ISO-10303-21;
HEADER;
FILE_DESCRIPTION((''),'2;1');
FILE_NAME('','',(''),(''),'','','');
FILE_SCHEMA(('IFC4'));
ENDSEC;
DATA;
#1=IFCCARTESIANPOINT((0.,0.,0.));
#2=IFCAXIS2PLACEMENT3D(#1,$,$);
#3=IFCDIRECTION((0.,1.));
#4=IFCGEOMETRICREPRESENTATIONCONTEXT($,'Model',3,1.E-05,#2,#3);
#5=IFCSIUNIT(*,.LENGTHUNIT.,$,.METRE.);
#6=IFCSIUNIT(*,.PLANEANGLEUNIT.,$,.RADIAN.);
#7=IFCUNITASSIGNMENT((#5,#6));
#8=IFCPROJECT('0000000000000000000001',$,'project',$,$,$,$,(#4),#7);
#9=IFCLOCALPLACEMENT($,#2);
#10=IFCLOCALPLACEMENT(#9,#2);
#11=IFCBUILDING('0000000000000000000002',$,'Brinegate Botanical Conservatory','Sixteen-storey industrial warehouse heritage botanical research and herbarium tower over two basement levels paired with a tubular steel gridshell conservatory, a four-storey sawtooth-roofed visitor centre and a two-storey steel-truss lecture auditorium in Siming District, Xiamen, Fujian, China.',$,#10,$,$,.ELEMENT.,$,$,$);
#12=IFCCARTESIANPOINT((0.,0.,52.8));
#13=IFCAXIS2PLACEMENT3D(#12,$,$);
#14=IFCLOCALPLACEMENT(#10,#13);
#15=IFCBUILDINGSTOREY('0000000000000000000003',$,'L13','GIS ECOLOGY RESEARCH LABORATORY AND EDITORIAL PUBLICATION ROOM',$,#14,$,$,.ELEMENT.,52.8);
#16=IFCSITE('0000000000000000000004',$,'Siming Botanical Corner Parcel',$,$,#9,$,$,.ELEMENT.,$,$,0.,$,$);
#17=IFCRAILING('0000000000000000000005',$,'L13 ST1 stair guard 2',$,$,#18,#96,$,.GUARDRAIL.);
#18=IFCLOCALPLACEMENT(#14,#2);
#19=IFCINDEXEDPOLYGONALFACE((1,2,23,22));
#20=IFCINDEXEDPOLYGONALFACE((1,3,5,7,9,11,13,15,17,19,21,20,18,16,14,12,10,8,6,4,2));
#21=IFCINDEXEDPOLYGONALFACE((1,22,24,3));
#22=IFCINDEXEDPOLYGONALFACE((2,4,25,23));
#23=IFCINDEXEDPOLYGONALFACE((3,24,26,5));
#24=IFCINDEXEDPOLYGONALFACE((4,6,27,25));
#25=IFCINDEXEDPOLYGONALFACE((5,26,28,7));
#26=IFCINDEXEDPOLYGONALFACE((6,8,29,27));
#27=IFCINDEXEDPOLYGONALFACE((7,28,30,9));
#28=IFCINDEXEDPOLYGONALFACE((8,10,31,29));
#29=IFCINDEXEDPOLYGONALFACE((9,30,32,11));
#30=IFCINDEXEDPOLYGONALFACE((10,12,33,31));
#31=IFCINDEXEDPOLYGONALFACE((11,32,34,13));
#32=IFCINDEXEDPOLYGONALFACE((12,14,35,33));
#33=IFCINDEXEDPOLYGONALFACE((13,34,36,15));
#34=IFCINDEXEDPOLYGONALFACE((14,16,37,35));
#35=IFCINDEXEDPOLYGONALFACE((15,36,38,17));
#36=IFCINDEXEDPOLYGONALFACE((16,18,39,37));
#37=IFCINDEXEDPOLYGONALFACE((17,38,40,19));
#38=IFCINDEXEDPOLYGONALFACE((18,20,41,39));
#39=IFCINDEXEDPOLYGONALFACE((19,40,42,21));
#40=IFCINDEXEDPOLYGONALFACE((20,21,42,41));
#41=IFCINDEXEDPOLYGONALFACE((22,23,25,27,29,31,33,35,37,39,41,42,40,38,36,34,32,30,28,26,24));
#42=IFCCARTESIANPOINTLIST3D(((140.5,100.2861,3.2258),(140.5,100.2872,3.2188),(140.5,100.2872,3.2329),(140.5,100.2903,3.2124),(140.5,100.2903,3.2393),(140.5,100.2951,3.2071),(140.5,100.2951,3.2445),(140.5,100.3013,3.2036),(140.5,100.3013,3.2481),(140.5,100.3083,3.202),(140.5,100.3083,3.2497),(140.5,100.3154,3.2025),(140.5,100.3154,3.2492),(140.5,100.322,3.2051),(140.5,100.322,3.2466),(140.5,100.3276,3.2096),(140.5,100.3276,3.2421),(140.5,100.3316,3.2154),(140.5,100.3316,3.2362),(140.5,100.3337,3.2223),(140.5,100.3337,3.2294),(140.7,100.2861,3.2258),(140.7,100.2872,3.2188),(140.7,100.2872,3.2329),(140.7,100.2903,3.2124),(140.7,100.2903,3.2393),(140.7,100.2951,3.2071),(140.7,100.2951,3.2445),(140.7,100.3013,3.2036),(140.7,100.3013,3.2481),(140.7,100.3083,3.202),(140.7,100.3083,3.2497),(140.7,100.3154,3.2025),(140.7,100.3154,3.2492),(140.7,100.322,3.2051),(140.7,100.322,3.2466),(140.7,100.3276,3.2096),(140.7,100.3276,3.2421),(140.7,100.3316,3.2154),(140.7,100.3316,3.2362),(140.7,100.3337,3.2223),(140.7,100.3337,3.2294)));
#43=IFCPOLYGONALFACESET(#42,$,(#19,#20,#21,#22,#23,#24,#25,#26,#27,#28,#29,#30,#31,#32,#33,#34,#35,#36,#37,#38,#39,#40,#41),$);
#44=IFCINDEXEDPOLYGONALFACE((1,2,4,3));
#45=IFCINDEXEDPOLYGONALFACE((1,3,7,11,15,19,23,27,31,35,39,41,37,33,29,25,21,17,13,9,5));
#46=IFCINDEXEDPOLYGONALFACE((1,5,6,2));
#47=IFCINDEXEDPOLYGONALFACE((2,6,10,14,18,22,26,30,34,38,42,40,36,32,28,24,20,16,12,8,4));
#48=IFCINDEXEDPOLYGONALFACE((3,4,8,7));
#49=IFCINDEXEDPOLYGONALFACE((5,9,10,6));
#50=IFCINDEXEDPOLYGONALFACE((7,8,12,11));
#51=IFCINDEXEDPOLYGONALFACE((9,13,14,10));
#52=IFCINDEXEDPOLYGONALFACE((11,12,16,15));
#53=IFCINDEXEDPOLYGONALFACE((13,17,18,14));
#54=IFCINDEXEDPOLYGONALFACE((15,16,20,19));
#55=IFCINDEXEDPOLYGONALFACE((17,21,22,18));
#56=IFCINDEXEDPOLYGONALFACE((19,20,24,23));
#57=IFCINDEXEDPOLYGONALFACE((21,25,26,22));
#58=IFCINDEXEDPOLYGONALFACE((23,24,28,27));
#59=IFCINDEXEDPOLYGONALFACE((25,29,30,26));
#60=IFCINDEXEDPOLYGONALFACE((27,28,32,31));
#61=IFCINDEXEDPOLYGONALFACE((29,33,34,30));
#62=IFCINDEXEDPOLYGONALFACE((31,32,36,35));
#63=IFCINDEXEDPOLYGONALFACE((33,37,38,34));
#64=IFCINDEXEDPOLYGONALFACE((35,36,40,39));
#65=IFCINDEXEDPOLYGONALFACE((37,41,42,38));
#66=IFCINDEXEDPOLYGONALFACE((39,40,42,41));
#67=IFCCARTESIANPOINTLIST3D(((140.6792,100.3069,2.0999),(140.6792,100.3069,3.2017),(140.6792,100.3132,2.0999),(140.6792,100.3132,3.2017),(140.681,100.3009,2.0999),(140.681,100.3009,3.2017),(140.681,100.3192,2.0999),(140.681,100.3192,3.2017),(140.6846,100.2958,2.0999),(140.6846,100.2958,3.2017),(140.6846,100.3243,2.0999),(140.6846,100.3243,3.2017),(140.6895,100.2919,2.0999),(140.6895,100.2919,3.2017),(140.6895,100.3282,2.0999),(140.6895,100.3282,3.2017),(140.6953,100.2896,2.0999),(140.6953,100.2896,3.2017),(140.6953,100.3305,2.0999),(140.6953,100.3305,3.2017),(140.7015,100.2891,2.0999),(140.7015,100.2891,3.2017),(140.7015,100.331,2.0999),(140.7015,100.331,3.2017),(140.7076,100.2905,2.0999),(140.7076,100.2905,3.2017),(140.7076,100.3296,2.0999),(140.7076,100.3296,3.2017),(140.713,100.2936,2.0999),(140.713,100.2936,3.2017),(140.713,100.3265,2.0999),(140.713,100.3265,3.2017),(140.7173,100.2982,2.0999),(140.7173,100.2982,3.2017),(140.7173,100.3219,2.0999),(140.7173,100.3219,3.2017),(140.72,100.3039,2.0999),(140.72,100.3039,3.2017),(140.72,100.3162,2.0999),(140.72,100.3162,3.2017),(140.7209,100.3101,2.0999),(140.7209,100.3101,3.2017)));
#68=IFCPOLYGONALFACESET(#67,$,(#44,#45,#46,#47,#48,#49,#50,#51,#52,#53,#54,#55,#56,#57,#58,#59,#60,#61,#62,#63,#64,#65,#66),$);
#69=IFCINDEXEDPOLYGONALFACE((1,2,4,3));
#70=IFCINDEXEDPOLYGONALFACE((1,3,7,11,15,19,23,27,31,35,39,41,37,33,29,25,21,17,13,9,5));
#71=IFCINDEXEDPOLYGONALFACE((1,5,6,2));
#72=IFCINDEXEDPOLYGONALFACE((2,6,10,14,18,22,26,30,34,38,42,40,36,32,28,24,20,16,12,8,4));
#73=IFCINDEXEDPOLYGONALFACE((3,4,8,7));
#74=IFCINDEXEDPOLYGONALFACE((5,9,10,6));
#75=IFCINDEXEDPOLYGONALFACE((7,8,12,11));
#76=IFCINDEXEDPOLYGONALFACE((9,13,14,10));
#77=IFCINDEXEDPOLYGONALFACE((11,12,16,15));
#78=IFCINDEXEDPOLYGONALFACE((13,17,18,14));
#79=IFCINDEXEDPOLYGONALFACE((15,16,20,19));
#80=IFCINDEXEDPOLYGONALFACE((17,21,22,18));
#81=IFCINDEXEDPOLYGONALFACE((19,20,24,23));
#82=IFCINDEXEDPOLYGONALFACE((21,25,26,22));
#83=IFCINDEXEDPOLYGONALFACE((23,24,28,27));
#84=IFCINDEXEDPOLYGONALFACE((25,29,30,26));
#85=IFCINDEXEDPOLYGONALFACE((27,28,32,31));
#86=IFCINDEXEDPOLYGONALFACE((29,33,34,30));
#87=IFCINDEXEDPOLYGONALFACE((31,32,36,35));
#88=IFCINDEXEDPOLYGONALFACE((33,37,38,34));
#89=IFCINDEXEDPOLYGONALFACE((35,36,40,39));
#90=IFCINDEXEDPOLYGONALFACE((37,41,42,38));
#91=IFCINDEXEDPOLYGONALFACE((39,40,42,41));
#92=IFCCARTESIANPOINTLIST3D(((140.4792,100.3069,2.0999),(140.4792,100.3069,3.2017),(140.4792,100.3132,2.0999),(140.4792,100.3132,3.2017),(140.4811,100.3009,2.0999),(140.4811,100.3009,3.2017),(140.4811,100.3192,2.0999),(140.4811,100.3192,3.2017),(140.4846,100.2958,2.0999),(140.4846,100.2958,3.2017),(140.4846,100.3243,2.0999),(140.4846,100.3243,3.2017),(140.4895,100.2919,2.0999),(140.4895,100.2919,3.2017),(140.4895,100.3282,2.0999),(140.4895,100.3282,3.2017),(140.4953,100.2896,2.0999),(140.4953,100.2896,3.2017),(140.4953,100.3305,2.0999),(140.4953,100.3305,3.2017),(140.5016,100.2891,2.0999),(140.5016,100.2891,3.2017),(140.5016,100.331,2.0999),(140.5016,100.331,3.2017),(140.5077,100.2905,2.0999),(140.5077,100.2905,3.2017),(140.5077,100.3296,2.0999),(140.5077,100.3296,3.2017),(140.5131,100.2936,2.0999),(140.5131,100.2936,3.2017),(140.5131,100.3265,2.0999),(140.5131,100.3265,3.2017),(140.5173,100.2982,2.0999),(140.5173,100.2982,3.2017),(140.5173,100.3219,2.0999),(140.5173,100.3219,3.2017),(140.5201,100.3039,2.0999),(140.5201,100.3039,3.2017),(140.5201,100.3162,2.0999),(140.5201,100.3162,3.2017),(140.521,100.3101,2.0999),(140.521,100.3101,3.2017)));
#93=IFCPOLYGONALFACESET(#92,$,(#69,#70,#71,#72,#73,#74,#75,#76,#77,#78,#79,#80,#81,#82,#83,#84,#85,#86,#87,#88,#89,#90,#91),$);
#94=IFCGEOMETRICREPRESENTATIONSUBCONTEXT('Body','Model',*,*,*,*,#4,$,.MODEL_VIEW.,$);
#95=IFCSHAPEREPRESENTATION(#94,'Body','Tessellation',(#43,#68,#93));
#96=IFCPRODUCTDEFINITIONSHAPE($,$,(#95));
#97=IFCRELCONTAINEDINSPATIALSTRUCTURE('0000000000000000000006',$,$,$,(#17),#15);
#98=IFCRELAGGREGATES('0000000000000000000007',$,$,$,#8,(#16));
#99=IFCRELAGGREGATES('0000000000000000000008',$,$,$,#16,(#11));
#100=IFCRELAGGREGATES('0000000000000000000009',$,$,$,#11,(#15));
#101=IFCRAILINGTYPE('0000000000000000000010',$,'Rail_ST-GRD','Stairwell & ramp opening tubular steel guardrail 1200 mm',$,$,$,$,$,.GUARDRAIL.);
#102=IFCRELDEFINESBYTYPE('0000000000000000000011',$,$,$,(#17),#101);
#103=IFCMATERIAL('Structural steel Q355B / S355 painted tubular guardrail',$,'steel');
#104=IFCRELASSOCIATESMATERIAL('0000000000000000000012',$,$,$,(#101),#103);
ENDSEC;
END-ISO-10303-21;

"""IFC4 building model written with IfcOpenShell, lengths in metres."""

from ifc_helpers import new_model, si_unit, direction, frame, origin, origin_2d, place, context, subcontext, project, spatial, circle, extrude, material, type_object, element, save


model = new_model("IFC4")

# Units and contexts
model_context = context("Model", 3, precision=1e-05, world=origin(), true_north=direction((0.0, 1.0)))
body_context = subcontext(model_context, "Body", "Model", "MODEL_VIEW")
ifc_project = project(units=[si_unit("LENGTHUNIT", "METRE"), si_unit("PLANEANGLEUNIT", "RADIAN")], contexts=[model_context])

# Site, building, storey
site_placement = place(None, origin())
site = spatial("IfcSite", under=ifc_project, at=site_placement, Name="Siming Botanical Corner Parcel", CompositionType="ELEMENT", RefElevation=0.0)
building_placement = place(site_placement, origin())
building = spatial("IfcBuilding", under=site, at=building_placement, Name="Brinegate Botanical Conservatory", Description="Sixteen-storey industrial warehouse heritage botanical research and herbarium tower over two basement levels paired with a tubular steel gridshell conservatory, a four-storey sawtooth-roofed visitor centre and a two-storey steel-truss lecture auditorium in Siming District, Xiamen, Fujian, China.", CompositionType="ELEMENT")
storey_placement = place(building_placement, frame((0.0, 0.0, 52.8)))
storey = spatial("IfcBuildingStorey", under=building, at=storey_placement, Name="L13", Description="GIS ECOLOGY RESEARCH LABORATORY AND EDITORIAL PUBLICATION ROOM", CompositionType="ELEMENT", Elevation=52.8)

# Railing
ifc_material_1 = material(Name="Structural steel Q355B / S355 painted tubular guardrail", Category="steel")
railing_type_1 = type_object("IfcRailingType", Name="Rail_ST-GRD", Description="Stairwell & ramp opening tubular steel guardrail 1200 mm", PredefinedType="GUARDRAIL", material=ifc_material_1)
railing_1_placement = place(storey_placement, frame((140.7, 100.3101, 2.0999)))
element("IfcRailing", 1, at=railing_1_placement, inside=storey, type_object=railing_type_1, Name="L13 ST1 stair guard 2", PredefinedType="GUARDRAIL", context=body_context, shape_type="SweptSolid", body=[
    extrude(circle(Radius=0.0239, at=origin_2d()), frame((0.0, 0.0, 1.126), z_axis=(-1.0, 0.0, 0.0), x_axis=(0.0, -1.0, 0.0)), (0.0, 0.0, 1.0), 0.2),
    extrude(circle(Radius=0.021, at=origin_2d()), origin(), (0.0, 0.0, 1.0), 1.1018),
    extrude(circle(Radius=0.021, at=origin_2d()), frame((-0.2, 0.0, 0.0)), (0.0, 0.0, 1.0), 1.1018),
])

save(model, "model.ifc")
